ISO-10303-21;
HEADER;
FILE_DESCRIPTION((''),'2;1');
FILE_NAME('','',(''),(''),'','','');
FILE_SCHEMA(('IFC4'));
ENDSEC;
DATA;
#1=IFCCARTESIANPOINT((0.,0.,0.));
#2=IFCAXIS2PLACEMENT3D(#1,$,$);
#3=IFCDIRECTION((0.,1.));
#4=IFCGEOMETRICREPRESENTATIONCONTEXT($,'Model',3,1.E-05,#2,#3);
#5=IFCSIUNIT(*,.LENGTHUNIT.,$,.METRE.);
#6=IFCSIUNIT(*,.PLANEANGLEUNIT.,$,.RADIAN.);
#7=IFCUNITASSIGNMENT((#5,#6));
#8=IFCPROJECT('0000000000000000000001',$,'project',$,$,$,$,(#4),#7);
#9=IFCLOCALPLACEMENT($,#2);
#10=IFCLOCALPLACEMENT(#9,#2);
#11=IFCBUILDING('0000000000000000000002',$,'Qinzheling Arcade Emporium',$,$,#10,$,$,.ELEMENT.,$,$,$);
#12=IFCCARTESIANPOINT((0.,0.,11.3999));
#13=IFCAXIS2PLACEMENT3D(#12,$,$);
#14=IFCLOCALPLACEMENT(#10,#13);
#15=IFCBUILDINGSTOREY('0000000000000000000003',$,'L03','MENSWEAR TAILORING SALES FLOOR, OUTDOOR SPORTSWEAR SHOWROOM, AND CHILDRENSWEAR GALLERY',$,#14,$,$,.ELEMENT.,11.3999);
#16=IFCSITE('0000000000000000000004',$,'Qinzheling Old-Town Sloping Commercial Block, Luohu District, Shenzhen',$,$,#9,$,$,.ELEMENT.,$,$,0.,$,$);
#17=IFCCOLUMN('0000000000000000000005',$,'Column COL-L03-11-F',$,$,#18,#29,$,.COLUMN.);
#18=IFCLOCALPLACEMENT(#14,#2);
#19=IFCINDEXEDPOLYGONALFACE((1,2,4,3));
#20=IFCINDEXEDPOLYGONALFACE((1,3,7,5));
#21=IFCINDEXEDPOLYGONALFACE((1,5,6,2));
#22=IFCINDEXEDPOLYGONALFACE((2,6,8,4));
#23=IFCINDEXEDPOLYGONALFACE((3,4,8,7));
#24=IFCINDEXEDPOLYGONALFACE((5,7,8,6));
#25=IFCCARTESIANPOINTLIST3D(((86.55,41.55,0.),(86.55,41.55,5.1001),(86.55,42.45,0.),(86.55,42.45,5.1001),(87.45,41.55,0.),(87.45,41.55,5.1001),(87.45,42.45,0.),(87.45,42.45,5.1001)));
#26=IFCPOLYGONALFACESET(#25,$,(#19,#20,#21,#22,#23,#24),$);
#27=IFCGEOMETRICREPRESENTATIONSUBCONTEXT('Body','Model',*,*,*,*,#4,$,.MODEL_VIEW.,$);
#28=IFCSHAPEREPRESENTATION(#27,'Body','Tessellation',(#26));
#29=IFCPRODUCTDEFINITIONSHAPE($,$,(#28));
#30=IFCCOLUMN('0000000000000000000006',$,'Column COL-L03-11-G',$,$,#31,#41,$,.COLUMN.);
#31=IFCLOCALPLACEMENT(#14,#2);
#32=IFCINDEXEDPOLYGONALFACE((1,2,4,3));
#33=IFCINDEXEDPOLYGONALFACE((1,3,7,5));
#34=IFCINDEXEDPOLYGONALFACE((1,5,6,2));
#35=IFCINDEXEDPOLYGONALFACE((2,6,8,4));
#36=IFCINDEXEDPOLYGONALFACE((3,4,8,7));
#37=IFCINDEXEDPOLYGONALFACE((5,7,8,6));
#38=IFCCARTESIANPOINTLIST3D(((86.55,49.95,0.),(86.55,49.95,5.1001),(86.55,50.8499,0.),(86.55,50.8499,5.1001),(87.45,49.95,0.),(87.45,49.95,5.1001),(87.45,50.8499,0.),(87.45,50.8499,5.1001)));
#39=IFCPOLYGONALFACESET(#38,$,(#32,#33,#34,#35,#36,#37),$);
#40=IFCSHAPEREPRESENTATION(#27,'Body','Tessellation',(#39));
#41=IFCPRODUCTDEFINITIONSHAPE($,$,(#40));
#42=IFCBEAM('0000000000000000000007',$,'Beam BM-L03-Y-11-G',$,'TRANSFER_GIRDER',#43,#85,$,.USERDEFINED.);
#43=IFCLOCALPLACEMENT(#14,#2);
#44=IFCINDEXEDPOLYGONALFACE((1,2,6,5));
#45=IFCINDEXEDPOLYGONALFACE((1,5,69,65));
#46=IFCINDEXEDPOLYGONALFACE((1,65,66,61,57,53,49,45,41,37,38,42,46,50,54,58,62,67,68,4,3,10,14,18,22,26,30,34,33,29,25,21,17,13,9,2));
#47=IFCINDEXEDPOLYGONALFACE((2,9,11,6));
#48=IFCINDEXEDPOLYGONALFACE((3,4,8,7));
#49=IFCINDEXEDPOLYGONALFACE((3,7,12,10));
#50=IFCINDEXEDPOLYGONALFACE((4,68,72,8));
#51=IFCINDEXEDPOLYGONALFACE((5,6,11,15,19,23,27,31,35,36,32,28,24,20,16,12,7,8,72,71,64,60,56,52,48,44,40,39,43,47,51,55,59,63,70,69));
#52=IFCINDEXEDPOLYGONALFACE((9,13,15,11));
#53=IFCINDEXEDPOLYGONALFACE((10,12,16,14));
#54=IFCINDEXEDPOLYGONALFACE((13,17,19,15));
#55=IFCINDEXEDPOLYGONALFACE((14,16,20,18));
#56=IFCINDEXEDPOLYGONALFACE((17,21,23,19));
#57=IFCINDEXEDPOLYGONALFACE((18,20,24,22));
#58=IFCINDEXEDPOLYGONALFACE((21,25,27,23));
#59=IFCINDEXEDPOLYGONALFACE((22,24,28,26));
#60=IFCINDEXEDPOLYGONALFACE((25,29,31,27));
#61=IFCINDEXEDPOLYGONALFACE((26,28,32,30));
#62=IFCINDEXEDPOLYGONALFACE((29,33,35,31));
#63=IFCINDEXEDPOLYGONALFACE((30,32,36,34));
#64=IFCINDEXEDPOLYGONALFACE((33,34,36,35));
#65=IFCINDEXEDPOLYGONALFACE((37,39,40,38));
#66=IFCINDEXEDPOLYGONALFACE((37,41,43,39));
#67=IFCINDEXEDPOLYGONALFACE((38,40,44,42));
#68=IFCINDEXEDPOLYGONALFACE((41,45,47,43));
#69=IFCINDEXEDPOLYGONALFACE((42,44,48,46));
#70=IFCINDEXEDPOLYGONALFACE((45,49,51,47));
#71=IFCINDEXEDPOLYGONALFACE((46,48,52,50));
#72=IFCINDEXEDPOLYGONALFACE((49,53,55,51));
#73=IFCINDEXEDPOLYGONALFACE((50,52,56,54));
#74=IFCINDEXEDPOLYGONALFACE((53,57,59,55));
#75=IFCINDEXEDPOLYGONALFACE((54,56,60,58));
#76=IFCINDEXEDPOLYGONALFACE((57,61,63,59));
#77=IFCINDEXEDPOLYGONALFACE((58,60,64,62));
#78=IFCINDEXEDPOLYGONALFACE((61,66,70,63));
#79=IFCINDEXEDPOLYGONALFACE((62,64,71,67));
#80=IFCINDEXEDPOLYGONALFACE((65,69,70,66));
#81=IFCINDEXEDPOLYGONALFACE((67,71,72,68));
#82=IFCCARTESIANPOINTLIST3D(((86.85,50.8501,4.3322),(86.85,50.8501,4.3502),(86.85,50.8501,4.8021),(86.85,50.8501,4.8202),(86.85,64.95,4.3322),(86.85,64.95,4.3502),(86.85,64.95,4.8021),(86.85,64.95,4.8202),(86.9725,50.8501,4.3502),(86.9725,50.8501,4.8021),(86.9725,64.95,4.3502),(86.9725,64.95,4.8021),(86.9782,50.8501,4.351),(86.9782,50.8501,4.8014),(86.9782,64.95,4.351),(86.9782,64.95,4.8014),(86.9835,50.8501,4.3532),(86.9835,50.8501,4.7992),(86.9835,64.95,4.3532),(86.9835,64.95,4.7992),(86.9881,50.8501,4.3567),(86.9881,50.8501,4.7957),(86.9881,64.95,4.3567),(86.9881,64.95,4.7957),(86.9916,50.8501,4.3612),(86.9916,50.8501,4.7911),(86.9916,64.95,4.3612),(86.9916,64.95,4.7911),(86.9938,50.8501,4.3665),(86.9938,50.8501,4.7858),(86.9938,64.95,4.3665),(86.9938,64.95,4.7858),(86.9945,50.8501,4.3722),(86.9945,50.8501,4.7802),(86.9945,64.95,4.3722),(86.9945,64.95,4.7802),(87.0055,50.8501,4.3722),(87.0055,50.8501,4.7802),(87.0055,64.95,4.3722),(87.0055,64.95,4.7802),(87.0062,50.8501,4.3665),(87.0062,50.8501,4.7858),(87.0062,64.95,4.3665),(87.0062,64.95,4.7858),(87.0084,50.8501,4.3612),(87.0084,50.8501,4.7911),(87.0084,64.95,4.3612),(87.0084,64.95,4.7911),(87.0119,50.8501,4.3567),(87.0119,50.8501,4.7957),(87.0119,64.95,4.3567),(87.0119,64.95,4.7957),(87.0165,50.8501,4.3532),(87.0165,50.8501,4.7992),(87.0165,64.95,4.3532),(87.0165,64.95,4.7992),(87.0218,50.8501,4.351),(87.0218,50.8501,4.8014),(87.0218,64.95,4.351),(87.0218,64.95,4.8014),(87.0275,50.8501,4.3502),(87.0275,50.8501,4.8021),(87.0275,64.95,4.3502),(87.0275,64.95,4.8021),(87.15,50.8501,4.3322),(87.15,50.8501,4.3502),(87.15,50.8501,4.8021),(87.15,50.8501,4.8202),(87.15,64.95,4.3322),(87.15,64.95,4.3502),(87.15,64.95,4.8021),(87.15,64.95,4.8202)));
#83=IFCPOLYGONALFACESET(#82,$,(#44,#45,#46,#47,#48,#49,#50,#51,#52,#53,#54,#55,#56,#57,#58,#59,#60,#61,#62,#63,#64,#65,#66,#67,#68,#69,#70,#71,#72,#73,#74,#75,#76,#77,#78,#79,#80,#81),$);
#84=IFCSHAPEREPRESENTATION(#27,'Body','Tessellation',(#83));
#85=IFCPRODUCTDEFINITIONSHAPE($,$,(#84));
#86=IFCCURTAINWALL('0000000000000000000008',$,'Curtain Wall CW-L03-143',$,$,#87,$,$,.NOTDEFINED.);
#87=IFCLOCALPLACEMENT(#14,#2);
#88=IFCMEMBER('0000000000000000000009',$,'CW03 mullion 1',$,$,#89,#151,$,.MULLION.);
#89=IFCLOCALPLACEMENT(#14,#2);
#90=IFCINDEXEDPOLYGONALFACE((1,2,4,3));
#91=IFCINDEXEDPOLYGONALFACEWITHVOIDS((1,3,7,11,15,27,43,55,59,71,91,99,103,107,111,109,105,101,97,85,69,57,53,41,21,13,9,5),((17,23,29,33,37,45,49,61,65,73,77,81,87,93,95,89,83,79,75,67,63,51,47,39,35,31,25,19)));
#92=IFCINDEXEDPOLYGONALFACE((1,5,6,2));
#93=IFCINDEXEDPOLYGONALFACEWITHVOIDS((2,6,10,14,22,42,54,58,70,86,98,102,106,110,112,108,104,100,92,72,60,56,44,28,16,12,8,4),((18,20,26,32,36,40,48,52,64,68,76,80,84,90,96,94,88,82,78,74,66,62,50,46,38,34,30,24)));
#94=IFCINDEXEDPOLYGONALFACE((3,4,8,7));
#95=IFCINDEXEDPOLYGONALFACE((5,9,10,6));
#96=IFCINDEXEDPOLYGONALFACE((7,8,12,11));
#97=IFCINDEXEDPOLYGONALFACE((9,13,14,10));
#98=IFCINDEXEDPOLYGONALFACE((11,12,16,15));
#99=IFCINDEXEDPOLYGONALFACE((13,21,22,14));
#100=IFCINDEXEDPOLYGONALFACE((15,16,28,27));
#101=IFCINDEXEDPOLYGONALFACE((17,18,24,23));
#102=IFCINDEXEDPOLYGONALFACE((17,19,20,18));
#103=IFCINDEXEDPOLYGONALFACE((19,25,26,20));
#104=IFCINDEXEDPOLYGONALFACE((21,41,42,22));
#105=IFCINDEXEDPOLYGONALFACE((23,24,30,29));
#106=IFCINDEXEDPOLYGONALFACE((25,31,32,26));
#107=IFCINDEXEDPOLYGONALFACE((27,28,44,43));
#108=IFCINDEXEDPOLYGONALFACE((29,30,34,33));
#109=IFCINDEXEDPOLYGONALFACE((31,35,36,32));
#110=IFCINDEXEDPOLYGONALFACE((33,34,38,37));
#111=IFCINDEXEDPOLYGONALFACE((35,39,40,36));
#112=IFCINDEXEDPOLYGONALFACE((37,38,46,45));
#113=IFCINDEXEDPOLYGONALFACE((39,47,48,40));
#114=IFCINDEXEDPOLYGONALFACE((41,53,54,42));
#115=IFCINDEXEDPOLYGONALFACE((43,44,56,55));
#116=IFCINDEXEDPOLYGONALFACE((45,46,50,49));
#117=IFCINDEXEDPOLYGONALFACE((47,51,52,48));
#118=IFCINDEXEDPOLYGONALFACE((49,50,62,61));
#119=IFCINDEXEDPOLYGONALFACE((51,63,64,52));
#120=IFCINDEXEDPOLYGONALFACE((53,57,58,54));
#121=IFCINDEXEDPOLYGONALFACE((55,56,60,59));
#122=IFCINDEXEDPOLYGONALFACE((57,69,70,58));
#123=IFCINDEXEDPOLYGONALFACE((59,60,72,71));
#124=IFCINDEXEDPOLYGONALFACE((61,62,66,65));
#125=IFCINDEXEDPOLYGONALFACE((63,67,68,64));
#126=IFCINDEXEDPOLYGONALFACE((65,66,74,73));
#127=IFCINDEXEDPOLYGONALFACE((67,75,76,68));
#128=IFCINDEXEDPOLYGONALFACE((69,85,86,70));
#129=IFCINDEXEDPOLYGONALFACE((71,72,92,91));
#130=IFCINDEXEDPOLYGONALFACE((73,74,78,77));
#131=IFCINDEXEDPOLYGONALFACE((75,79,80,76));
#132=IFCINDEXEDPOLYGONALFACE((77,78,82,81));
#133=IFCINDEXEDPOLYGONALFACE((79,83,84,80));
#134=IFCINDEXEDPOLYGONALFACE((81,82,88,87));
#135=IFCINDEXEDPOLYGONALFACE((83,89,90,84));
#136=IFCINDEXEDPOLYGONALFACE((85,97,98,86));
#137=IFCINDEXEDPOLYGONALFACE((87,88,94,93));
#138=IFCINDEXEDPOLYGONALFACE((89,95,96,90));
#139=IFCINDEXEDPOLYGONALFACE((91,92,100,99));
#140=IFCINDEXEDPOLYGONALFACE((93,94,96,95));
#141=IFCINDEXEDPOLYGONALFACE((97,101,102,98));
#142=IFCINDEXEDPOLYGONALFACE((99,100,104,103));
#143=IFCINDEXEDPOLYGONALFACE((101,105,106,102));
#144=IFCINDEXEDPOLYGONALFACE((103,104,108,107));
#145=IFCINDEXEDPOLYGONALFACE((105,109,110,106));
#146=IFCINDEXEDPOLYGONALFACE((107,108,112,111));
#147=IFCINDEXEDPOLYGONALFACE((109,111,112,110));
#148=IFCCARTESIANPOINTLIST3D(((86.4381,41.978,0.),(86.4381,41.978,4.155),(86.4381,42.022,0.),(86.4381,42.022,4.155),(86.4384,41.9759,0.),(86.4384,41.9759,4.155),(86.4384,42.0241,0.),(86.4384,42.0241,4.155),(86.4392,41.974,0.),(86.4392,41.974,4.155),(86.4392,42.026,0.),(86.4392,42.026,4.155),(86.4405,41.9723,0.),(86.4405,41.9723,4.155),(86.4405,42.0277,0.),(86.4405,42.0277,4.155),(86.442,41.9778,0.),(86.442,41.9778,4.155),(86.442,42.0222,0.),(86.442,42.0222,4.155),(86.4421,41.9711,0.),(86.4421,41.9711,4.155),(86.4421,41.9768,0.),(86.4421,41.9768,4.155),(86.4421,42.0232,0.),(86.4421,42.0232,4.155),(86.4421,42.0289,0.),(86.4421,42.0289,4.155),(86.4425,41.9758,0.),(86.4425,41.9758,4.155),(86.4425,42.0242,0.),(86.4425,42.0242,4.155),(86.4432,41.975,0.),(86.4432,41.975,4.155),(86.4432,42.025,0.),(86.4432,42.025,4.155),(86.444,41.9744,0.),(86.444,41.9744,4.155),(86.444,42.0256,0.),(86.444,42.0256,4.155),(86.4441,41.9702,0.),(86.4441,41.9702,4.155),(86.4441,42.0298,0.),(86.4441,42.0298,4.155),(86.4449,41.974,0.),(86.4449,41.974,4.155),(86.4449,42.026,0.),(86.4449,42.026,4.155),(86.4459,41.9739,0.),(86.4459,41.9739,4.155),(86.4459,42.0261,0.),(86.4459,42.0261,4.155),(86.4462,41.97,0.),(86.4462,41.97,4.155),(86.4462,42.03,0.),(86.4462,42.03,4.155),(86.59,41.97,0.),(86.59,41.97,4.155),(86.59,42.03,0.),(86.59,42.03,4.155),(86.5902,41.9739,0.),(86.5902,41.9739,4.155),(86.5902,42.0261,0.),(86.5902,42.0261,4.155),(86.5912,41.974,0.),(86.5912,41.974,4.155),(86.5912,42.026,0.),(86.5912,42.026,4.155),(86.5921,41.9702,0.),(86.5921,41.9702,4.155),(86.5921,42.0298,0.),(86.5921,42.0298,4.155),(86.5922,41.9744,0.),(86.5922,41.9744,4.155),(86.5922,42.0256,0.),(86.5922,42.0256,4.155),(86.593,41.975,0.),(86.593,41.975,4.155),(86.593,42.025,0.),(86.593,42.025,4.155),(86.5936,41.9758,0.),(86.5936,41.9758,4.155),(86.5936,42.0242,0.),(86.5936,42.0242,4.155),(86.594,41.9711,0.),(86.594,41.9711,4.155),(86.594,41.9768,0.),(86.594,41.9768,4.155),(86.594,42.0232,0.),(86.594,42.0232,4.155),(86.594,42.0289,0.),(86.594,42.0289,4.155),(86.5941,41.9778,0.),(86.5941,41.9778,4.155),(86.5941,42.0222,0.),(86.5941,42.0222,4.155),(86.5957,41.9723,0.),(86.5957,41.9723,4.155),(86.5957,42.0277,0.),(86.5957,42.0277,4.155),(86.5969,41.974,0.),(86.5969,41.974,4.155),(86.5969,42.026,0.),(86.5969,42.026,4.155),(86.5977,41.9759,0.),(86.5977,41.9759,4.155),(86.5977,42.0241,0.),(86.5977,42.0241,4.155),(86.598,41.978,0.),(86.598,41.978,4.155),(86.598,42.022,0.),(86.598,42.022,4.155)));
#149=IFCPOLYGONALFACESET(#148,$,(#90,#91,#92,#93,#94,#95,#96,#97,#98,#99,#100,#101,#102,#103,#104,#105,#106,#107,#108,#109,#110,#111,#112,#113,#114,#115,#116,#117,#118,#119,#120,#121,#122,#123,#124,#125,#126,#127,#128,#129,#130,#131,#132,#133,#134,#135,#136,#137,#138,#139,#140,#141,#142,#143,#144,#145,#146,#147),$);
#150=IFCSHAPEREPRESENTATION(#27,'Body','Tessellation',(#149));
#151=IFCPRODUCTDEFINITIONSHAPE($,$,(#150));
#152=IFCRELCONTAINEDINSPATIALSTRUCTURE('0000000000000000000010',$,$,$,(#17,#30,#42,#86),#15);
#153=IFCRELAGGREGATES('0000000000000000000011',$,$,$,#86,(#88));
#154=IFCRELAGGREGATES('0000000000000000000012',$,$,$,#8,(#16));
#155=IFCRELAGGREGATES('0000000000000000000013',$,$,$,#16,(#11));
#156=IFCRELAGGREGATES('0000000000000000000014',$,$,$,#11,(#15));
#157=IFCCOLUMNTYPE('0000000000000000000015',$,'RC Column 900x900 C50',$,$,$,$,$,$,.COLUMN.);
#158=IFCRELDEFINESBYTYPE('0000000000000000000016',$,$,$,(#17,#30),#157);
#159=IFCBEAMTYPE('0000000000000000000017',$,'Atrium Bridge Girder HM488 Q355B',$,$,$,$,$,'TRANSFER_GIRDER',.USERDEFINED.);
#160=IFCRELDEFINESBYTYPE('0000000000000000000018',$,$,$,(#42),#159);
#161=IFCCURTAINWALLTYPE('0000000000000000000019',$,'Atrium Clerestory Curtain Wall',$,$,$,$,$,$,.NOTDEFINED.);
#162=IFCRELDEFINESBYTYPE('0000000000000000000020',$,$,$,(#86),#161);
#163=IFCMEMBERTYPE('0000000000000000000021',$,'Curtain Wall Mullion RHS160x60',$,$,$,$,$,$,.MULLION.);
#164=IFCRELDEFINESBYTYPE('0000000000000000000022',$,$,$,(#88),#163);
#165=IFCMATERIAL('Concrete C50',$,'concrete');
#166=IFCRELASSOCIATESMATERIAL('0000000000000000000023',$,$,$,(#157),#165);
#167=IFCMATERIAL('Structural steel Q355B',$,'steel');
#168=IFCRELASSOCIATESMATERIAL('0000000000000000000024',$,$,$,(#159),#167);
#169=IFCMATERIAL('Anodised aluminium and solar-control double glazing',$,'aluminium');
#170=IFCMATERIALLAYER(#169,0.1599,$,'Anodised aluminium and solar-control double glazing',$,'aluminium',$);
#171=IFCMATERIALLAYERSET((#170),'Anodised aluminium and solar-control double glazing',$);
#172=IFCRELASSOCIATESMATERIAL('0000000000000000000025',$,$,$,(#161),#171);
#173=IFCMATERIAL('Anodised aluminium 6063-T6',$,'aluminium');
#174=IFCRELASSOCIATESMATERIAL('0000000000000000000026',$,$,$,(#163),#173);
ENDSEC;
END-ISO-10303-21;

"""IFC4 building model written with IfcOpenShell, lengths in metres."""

from ifc_helpers import new_model, si_unit, direction, frame, origin, origin_2d, place, context, subcontext, project, spatial, rectangle, hollow_rectangle, i_section, extrude, material, layer, layer_set, material_profile, profile_set, type_object, element, aggregate, save


model = new_model("IFC4")

# Units and contexts
model_context = context("Model", 3, precision=1e-05, world=origin(), true_north=direction((0.0, 1.0)))
body_context = subcontext(model_context, "Body", "Model", "MODEL_VIEW")
ifc_project = project(units=[si_unit("LENGTHUNIT", "METRE"), si_unit("PLANEANGLEUNIT", "RADIAN")], contexts=[model_context])

# Site, building, storey
site_placement = place(None, origin())
site = spatial("IfcSite", under=ifc_project, at=site_placement, Name="Qinzheling Old-Town Sloping Commercial Block, Luohu District, Shenzhen", CompositionType="ELEMENT", RefElevation=0.0)
building_placement = place(site_placement, origin())
building = spatial("IfcBuilding", under=site, at=building_placement, Name="Qinzheling Arcade Emporium", CompositionType="ELEMENT")
storey_placement = place(building_placement, frame((0.0, 0.0, 11.3999)))
storey = spatial("IfcBuildingStorey", under=building, at=storey_placement, Name="L03", Description="MENSWEAR TAILORING SALES FLOOR, OUTDOOR SPORTSWEAR SHOWROOM, AND CHILDRENSWEAR GALLERY", CompositionType="ELEMENT", Elevation=11.3999)

# Columns
ifc_material_1 = material(Name="Concrete C50", Category="concrete")
ifc_material_profile_1 = material_profile(ifc_material_1, rectangle(XDim=0.8999, YDim=0.8999, at=origin_2d()), Name="RC 900x900", Category="concrete")
ifc_profile_set_1 = profile_set([ifc_material_profile_1], Name="Concrete C50")
column_type = type_object("IfcColumnType", Name="RC Column 900x900 C50", PredefinedType="COLUMN", material=ifc_profile_set_1)
for number, where, z_axis, x_axis, name in (
    (1, (87.0, 42.0, 0.0), (0.0, 0.0, 1.0), (1.0, 0.0, 0.0), "Column COL-L03-11-F"),
    (2, (87.0, 50.3999, 0.0), (0.0, 0.0, 1.0), (1.0, 0.0, 0.0), "Column COL-L03-11-G"),
):
    element("IfcColumn", number, at=place(storey_placement, frame(where, z_axis=z_axis, x_axis=x_axis)), inside=storey, type_object=column_type, Name=name, PredefinedType="COLUMN", context=body_context, shape_type="SweptSolid", body=[
        extrude(rectangle(XDim=0.8999, YDim=0.8999, at=origin_2d()), origin(), (0.0, 0.0, 1.0), 5.1001),
    ])

# Beam
ifc_material_2 = material(Name="Structural steel Q355B", Category="steel")
ifc_material_profile_2 = material_profile(ifc_material_2, i_section(OverallWidth=0.3, OverallDepth=0.488, WebThickness=0.011, FlangeThickness=0.0181, FilletRadius=0.022, at=origin_2d()), Name="HM 488x300x11x18", Category="steel")
ifc_profile_set_2 = profile_set([ifc_material_profile_2], Name="Structural steel Q355B")
beam_type_1 = type_object("IfcBeamType", Name="Atrium Bridge Girder HM488 Q355B", ElementType="TRANSFER_GIRDER", PredefinedType="USERDEFINED", material=ifc_profile_set_2)
beam_1_placement = place(storey_placement, frame((87.0, 50.8501, 4.5762), z_axis=(0.0, 1.0, 0.0), x_axis=(-1.0, 0.0, 0.0)))
element("IfcBeam", 3, at=beam_1_placement, inside=storey, type_object=beam_type_1, Name="Beam BM-L03-Y-11-G", ObjectType="TRANSFER_GIRDER", PredefinedType="USERDEFINED", context=body_context, shape_type="SweptSolid", body=[
    extrude(i_section(OverallWidth=0.3, OverallDepth=0.488, WebThickness=0.011, FlangeThickness=0.0181, FilletRadius=0.022, at=origin_2d()), origin(), (0.0, 0.0, 1.0), 14.0999),
])

# Curtain wall, member
ifc_material_3 = material(Name="Anodised aluminium and solar-control double glazing", Category="aluminium")
ifc_layer_1 = layer(ifc_material_3, 0.1599, Name="Anodised aluminium and solar-control double glazing", Category="aluminium")
ifc_layer_set_1 = layer_set([ifc_layer_1], Name="Anodised aluminium and solar-control double glazing")
curtain_wall_type = type_object("IfcCurtainWallType", Name="Atrium Clerestory Curtain Wall", PredefinedType="NOTDEFINED", material=ifc_layer_set_1)
curtain_wall_placement = place(storey_placement, origin())
curtain_wall = element("IfcCurtainWall", 4, at=curtain_wall_placement, inside=storey, type_object=curtain_wall_type, Name="Curtain Wall CW-L03-143", PredefinedType="NOTDEFINED")
ifc_material_4 = material(Name="Anodised aluminium 6063-T6", Category="aluminium")
ifc_material_profile_3 = material_profile(ifc_material_4, hollow_rectangle(XDim=0.0601, YDim=0.1599, WallThickness=0.0039, InnerFilletRadius=0.0039, OuterFilletRadius=0.0081, at=origin_2d()), Name="RHS 160x60x4", Category="aluminium")
ifc_profile_set_3 = profile_set([ifc_material_profile_3], Name="Anodised aluminium 6063-T6")
member_type_1 = type_object("IfcMemberType", Name="Curtain Wall Mullion RHS160x60", PredefinedType="MULLION", material=ifc_profile_set_3)
member_1_placement = place(storey_placement, frame((86.5181, 42.0, 0.0), z_axis=(0.0, 0.0, 1.0), x_axis=(0.0, -1.0, 0.0)))
member_1 = element("IfcMember", 5, at=member_1_placement, type_object=member_type_1, Name="CW03 mullion 1", PredefinedType="MULLION", context=body_context, shape_type="SweptSolid", body=[
    extrude(hollow_rectangle(XDim=0.0601, YDim=0.1599, WallThickness=0.0039, InnerFilletRadius=0.0039, OuterFilletRadius=0.0081, at=origin_2d()), origin(), (0.0, 0.0, 1.0), 4.155),
])

aggregate(curtain_wall, [member_1])

save(model, "model.ifc")
